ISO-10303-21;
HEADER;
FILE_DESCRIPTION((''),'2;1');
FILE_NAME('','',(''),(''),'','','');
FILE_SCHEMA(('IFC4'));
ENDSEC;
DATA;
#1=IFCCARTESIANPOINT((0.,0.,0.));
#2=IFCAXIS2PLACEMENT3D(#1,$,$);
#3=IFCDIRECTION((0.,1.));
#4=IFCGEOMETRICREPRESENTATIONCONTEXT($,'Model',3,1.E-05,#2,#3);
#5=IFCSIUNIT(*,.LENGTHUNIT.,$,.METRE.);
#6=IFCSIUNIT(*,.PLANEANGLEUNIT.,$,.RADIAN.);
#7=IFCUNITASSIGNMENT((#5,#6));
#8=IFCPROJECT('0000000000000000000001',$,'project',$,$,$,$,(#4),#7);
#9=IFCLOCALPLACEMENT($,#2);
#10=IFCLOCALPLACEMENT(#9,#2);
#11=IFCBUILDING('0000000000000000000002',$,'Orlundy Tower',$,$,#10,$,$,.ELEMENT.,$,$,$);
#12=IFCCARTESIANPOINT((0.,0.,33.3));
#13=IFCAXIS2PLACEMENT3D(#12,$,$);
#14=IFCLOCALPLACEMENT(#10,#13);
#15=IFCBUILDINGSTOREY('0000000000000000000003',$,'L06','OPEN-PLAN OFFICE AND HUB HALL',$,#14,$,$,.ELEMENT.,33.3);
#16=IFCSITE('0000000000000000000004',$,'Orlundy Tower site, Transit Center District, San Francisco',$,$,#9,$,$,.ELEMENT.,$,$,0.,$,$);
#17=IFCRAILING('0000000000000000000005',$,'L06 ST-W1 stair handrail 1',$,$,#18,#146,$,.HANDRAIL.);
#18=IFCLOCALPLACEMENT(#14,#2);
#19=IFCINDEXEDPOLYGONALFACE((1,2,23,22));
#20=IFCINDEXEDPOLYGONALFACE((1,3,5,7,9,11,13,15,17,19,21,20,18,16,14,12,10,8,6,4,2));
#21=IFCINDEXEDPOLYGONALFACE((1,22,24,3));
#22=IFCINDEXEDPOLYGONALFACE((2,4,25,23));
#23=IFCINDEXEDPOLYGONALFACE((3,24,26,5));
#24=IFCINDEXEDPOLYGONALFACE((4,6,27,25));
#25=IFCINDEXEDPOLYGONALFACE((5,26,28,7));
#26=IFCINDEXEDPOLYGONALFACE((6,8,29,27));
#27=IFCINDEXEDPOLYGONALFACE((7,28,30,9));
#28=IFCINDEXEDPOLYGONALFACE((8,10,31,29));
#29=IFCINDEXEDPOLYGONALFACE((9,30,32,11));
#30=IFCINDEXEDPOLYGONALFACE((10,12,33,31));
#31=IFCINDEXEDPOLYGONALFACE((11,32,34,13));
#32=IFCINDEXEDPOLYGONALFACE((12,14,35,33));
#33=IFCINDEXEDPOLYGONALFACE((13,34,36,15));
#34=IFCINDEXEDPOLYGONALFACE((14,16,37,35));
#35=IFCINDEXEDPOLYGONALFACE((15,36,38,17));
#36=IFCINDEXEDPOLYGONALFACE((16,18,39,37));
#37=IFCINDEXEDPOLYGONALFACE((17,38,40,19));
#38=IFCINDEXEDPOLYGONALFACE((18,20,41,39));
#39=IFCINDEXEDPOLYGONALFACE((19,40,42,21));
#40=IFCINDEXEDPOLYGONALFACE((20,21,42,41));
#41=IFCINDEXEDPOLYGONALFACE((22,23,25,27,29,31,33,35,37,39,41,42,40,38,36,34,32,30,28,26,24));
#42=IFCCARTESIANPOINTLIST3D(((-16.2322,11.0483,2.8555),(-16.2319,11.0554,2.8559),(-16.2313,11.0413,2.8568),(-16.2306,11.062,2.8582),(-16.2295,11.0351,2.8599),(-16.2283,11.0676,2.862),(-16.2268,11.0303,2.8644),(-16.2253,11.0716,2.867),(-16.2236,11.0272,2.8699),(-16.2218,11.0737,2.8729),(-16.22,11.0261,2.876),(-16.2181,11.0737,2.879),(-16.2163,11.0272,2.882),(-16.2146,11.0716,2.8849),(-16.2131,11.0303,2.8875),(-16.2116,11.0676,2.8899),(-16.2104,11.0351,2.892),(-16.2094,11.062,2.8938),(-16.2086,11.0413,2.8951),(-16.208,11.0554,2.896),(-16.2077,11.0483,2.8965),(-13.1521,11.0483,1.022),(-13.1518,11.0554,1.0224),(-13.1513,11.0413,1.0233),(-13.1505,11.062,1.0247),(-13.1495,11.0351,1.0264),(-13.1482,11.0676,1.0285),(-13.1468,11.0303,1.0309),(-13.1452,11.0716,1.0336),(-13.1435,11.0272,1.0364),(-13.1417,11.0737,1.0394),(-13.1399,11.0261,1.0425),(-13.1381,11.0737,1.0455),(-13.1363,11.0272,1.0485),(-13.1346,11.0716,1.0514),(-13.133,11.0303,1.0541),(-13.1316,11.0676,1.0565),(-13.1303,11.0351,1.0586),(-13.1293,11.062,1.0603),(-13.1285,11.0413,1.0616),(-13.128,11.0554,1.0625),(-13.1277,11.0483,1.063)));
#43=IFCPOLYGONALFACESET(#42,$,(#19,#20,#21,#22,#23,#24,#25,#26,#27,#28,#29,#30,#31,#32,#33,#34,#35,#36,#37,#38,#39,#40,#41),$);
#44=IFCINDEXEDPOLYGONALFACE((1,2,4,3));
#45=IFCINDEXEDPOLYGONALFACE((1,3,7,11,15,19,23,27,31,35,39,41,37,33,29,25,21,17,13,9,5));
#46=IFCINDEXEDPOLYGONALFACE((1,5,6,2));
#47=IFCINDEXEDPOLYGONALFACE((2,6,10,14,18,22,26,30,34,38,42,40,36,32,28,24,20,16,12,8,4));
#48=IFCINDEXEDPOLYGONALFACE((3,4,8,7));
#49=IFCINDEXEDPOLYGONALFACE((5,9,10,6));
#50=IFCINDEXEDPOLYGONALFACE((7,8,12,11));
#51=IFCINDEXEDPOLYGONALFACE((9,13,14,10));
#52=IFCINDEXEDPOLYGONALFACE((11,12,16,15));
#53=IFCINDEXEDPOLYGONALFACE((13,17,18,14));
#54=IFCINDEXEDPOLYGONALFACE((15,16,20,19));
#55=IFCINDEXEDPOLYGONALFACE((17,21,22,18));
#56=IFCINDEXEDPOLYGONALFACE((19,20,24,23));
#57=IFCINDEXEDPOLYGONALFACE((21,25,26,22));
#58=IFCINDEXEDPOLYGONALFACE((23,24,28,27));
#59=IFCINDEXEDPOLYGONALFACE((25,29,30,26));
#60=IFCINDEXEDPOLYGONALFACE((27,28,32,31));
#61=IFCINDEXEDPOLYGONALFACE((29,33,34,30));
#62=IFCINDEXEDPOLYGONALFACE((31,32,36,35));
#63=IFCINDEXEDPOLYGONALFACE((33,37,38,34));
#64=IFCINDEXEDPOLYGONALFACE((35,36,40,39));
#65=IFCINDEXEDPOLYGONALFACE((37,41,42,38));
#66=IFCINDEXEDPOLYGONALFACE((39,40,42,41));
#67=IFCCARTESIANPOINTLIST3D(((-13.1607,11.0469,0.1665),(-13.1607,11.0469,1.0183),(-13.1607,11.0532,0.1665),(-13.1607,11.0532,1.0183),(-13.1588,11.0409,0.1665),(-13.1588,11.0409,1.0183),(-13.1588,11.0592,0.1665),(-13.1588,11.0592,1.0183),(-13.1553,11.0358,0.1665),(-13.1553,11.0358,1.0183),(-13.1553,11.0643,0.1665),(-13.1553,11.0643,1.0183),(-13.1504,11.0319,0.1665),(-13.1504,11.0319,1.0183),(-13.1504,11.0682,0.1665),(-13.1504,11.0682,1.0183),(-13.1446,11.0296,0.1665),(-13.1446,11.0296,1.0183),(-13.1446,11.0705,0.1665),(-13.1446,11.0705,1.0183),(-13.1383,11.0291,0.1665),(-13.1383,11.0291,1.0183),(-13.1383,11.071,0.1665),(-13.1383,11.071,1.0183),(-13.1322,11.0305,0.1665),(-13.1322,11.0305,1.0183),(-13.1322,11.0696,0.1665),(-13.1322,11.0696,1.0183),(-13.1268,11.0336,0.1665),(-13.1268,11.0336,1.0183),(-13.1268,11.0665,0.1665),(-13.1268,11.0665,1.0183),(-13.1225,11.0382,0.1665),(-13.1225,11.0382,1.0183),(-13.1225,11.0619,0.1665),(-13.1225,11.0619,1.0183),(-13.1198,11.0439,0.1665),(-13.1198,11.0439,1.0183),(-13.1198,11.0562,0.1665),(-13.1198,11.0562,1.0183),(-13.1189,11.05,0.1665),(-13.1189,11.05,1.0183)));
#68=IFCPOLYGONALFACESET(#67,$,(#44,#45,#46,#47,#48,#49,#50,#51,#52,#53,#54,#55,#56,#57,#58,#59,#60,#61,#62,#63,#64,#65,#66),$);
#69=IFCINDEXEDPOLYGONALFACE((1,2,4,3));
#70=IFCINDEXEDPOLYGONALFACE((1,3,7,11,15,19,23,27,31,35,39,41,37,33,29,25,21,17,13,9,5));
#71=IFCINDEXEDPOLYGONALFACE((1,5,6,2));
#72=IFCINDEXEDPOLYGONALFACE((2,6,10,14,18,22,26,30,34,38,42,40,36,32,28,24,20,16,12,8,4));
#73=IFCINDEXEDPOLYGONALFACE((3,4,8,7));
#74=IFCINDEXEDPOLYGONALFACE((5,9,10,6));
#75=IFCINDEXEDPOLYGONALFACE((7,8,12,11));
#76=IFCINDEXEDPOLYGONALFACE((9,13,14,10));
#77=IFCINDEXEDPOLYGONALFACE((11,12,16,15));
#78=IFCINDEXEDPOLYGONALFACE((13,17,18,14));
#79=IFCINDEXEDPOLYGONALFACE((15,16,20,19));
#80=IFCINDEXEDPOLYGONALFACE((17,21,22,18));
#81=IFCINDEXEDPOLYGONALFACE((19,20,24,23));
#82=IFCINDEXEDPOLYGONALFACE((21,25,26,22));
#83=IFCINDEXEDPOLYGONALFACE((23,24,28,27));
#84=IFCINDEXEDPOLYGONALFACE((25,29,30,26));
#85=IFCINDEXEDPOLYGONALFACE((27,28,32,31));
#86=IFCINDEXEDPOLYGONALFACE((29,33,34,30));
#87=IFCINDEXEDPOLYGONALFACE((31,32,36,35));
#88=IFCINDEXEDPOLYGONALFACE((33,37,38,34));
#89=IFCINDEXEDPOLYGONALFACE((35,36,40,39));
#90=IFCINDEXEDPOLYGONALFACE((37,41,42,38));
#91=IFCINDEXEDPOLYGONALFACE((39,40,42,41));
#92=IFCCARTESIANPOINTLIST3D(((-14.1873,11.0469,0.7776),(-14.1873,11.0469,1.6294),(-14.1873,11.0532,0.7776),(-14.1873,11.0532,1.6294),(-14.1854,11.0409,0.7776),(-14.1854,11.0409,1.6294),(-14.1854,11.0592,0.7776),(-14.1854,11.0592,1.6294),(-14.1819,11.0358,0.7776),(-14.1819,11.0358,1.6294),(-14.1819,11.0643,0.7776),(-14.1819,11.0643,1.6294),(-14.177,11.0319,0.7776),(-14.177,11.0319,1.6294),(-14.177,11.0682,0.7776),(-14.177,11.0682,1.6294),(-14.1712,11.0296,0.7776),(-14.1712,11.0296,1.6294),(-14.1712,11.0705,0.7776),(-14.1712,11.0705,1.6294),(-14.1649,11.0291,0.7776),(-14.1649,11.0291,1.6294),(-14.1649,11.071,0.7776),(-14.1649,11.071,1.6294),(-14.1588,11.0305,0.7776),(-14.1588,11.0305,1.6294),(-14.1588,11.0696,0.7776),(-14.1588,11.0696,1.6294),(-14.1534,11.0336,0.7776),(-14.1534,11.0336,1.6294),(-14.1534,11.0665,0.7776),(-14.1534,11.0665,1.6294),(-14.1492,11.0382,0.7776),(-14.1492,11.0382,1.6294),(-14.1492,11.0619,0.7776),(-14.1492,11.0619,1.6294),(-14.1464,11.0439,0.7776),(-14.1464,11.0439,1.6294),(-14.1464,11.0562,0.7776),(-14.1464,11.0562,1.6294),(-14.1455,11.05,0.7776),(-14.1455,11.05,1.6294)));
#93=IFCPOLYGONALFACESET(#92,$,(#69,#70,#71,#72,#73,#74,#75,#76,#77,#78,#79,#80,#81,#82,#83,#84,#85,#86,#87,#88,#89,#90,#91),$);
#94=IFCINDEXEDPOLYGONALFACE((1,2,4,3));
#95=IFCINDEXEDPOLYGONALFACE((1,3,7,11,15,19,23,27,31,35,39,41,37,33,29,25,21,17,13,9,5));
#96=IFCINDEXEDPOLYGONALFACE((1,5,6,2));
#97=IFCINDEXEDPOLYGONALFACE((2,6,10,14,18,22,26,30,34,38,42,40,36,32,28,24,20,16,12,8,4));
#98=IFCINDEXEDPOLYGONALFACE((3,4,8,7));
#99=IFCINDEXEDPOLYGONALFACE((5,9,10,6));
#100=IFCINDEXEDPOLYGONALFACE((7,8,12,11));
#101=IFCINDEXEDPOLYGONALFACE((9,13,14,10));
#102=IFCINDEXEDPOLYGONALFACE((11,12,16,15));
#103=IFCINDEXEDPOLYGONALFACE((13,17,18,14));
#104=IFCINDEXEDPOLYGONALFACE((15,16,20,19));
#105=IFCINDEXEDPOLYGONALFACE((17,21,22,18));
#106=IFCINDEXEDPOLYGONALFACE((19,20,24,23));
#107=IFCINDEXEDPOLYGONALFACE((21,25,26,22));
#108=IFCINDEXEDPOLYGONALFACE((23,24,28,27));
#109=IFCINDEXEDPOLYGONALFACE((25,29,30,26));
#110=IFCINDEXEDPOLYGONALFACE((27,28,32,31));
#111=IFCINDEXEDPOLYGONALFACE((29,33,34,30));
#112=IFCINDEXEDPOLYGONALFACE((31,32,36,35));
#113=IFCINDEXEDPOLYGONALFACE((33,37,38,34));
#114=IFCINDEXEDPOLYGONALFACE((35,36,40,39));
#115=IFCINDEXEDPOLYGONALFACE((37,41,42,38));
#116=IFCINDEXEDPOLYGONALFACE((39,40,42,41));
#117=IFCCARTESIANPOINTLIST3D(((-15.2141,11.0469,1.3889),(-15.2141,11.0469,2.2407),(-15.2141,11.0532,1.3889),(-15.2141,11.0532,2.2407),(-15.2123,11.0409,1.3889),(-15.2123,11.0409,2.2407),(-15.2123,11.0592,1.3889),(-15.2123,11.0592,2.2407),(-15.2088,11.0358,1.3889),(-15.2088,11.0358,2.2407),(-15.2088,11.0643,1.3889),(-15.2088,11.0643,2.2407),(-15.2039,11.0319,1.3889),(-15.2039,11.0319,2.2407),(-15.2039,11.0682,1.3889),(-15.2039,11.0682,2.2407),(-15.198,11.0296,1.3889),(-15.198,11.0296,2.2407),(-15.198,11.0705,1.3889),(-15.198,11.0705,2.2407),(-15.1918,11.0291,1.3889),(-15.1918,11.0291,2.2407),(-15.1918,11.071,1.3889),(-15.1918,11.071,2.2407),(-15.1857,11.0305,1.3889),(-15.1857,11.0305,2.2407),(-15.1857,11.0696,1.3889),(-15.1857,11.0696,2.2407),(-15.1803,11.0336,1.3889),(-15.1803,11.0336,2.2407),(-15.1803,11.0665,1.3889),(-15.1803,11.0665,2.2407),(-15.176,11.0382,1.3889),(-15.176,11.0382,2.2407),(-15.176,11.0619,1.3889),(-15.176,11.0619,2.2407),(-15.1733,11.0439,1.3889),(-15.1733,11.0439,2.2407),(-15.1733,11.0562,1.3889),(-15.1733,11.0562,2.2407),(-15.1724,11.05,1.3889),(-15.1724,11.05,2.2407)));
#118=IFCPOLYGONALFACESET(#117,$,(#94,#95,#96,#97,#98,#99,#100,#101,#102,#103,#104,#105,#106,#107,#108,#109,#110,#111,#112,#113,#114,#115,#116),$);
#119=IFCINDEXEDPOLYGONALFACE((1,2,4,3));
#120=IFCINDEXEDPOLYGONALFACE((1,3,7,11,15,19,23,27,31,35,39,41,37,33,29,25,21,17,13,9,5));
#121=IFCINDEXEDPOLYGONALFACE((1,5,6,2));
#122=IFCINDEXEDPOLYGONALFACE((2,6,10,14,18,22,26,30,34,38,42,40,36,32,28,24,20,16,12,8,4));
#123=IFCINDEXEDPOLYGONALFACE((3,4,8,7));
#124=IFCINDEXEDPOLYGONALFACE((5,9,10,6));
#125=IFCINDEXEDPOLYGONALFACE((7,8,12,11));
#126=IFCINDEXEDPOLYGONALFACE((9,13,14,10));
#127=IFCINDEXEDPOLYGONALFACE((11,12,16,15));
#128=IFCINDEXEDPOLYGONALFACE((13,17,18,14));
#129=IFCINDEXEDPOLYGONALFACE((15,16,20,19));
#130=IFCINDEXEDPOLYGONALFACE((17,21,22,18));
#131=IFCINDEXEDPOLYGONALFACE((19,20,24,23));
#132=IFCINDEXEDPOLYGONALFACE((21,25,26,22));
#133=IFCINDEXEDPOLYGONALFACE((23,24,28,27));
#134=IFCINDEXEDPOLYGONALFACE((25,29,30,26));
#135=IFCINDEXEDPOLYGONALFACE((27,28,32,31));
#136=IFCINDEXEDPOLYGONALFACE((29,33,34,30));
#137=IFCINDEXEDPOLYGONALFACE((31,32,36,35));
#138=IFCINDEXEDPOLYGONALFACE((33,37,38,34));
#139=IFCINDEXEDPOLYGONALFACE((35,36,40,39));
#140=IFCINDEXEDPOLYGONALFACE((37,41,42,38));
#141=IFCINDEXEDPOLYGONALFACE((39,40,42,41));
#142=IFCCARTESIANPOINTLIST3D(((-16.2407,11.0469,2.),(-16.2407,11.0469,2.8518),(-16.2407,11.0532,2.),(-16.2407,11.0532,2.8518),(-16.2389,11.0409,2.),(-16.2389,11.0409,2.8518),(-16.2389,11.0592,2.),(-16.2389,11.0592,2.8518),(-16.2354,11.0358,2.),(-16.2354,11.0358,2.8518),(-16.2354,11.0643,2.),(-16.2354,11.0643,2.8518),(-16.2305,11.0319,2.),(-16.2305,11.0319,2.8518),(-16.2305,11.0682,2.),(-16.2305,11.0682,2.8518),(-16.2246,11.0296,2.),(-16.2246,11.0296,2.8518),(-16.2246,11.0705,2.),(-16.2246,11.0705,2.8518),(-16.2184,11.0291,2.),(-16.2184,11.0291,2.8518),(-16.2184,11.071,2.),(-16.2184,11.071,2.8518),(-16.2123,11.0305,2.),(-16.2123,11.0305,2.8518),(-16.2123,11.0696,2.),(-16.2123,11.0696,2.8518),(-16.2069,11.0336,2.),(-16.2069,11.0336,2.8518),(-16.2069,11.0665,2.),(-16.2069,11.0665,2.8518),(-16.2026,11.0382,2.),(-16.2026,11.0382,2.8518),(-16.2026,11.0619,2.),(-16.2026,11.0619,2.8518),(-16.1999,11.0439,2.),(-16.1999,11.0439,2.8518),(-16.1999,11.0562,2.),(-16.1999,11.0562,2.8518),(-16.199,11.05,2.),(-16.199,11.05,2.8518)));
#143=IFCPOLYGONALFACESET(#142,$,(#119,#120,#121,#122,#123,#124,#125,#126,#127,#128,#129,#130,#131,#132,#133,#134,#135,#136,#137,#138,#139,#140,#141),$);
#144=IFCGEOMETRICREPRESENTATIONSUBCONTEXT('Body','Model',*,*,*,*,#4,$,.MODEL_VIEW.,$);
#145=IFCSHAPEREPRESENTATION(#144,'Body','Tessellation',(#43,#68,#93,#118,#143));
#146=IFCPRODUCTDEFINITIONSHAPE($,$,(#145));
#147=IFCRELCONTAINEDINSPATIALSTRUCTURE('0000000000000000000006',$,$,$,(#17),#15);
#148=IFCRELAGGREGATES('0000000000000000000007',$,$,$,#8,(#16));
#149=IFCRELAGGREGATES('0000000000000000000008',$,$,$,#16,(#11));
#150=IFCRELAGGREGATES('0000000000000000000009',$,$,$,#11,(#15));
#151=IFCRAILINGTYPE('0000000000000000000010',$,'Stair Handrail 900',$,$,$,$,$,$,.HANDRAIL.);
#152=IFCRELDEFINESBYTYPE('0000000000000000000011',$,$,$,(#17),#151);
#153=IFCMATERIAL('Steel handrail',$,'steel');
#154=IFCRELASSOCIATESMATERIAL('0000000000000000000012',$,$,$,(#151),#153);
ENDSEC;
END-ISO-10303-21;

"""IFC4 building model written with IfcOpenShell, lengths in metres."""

from ifc_helpers import new_model, si_unit, direction, frame, origin, origin_2d, place, context, subcontext, project, spatial, circle, extrude, material, type_object, element, save


model = new_model("IFC4")

# Units and contexts
model_context = context("Model", 3, precision=1e-05, world=origin(), true_north=direction((0.0, 1.0)))
body_context = subcontext(model_context, "Body", "Model", "MODEL_VIEW")
ifc_project = project(units=[si_unit("LENGTHUNIT", "METRE"), si_unit("PLANEANGLEUNIT", "RADIAN")], contexts=[model_context])

# Site, building, storey
site_placement = place(None, origin())
site = spatial("IfcSite", under=ifc_project, at=site_placement, Name="Orlundy Tower site, Transit Center District, San Francisco", CompositionType="ELEMENT", RefElevation=0.0)
building_placement = place(site_placement, origin())
building = spatial("IfcBuilding", under=site, at=building_placement, Name="Orlundy Tower", CompositionType="ELEMENT")
storey_placement = place(building_placement, frame((0.0, 0.0, 33.3)))
storey = spatial("IfcBuildingStorey", under=building, at=storey_placement, Name="L06", Description="OPEN-PLAN OFFICE AND HUB HALL", CompositionType="ELEMENT", Elevation=33.3)

# Railing
ifc_material_1 = material(Name="Steel handrail", Category="steel")
railing_type_1 = type_object("IfcRailingType", Name="Stair Handrail 900", PredefinedType="HANDRAIL", material=ifc_material_1)
railing_1_placement = place(storey_placement, frame((-13.1399, 11.05, 0.1665)))
element("IfcRailing", 1, at=railing_1_placement, inside=storey, type_object=railing_type_1, Name="L06 ST-W1 stair handrail 1", PredefinedType="HANDRAIL", context=body_context, shape_type="SweptSolid", body=[
    extrude(circle(Radius=0.0239, at=origin_2d()), frame((0.0, 0.0, 0.876), z_axis=(-0.859279, 0.0, 0.511508), x_axis=(0.0, -1.0, 0.0)), (0.0, 0.0, 1.0), 3.5845),
    extrude(circle(Radius=0.021, at=origin_2d()), origin(), (0.0, 0.0, 1.0), 0.8518),
    extrude(circle(Radius=0.021, at=origin_2d()), frame((-1.0266, 0.0, 0.6111)), (0.0, 0.0, 1.0), 0.8518),
    extrude(circle(Radius=0.021, at=origin_2d()), frame((-2.0535, 0.0, 1.2224)), (0.0, 0.0, 1.0), 0.8518),
    extrude(circle(Radius=0.021, at=origin_2d()), frame((-3.0801, 0.0, 1.8335)), (0.0, 0.0, 1.0), 0.8518),
])

save(model, "model.ifc")
